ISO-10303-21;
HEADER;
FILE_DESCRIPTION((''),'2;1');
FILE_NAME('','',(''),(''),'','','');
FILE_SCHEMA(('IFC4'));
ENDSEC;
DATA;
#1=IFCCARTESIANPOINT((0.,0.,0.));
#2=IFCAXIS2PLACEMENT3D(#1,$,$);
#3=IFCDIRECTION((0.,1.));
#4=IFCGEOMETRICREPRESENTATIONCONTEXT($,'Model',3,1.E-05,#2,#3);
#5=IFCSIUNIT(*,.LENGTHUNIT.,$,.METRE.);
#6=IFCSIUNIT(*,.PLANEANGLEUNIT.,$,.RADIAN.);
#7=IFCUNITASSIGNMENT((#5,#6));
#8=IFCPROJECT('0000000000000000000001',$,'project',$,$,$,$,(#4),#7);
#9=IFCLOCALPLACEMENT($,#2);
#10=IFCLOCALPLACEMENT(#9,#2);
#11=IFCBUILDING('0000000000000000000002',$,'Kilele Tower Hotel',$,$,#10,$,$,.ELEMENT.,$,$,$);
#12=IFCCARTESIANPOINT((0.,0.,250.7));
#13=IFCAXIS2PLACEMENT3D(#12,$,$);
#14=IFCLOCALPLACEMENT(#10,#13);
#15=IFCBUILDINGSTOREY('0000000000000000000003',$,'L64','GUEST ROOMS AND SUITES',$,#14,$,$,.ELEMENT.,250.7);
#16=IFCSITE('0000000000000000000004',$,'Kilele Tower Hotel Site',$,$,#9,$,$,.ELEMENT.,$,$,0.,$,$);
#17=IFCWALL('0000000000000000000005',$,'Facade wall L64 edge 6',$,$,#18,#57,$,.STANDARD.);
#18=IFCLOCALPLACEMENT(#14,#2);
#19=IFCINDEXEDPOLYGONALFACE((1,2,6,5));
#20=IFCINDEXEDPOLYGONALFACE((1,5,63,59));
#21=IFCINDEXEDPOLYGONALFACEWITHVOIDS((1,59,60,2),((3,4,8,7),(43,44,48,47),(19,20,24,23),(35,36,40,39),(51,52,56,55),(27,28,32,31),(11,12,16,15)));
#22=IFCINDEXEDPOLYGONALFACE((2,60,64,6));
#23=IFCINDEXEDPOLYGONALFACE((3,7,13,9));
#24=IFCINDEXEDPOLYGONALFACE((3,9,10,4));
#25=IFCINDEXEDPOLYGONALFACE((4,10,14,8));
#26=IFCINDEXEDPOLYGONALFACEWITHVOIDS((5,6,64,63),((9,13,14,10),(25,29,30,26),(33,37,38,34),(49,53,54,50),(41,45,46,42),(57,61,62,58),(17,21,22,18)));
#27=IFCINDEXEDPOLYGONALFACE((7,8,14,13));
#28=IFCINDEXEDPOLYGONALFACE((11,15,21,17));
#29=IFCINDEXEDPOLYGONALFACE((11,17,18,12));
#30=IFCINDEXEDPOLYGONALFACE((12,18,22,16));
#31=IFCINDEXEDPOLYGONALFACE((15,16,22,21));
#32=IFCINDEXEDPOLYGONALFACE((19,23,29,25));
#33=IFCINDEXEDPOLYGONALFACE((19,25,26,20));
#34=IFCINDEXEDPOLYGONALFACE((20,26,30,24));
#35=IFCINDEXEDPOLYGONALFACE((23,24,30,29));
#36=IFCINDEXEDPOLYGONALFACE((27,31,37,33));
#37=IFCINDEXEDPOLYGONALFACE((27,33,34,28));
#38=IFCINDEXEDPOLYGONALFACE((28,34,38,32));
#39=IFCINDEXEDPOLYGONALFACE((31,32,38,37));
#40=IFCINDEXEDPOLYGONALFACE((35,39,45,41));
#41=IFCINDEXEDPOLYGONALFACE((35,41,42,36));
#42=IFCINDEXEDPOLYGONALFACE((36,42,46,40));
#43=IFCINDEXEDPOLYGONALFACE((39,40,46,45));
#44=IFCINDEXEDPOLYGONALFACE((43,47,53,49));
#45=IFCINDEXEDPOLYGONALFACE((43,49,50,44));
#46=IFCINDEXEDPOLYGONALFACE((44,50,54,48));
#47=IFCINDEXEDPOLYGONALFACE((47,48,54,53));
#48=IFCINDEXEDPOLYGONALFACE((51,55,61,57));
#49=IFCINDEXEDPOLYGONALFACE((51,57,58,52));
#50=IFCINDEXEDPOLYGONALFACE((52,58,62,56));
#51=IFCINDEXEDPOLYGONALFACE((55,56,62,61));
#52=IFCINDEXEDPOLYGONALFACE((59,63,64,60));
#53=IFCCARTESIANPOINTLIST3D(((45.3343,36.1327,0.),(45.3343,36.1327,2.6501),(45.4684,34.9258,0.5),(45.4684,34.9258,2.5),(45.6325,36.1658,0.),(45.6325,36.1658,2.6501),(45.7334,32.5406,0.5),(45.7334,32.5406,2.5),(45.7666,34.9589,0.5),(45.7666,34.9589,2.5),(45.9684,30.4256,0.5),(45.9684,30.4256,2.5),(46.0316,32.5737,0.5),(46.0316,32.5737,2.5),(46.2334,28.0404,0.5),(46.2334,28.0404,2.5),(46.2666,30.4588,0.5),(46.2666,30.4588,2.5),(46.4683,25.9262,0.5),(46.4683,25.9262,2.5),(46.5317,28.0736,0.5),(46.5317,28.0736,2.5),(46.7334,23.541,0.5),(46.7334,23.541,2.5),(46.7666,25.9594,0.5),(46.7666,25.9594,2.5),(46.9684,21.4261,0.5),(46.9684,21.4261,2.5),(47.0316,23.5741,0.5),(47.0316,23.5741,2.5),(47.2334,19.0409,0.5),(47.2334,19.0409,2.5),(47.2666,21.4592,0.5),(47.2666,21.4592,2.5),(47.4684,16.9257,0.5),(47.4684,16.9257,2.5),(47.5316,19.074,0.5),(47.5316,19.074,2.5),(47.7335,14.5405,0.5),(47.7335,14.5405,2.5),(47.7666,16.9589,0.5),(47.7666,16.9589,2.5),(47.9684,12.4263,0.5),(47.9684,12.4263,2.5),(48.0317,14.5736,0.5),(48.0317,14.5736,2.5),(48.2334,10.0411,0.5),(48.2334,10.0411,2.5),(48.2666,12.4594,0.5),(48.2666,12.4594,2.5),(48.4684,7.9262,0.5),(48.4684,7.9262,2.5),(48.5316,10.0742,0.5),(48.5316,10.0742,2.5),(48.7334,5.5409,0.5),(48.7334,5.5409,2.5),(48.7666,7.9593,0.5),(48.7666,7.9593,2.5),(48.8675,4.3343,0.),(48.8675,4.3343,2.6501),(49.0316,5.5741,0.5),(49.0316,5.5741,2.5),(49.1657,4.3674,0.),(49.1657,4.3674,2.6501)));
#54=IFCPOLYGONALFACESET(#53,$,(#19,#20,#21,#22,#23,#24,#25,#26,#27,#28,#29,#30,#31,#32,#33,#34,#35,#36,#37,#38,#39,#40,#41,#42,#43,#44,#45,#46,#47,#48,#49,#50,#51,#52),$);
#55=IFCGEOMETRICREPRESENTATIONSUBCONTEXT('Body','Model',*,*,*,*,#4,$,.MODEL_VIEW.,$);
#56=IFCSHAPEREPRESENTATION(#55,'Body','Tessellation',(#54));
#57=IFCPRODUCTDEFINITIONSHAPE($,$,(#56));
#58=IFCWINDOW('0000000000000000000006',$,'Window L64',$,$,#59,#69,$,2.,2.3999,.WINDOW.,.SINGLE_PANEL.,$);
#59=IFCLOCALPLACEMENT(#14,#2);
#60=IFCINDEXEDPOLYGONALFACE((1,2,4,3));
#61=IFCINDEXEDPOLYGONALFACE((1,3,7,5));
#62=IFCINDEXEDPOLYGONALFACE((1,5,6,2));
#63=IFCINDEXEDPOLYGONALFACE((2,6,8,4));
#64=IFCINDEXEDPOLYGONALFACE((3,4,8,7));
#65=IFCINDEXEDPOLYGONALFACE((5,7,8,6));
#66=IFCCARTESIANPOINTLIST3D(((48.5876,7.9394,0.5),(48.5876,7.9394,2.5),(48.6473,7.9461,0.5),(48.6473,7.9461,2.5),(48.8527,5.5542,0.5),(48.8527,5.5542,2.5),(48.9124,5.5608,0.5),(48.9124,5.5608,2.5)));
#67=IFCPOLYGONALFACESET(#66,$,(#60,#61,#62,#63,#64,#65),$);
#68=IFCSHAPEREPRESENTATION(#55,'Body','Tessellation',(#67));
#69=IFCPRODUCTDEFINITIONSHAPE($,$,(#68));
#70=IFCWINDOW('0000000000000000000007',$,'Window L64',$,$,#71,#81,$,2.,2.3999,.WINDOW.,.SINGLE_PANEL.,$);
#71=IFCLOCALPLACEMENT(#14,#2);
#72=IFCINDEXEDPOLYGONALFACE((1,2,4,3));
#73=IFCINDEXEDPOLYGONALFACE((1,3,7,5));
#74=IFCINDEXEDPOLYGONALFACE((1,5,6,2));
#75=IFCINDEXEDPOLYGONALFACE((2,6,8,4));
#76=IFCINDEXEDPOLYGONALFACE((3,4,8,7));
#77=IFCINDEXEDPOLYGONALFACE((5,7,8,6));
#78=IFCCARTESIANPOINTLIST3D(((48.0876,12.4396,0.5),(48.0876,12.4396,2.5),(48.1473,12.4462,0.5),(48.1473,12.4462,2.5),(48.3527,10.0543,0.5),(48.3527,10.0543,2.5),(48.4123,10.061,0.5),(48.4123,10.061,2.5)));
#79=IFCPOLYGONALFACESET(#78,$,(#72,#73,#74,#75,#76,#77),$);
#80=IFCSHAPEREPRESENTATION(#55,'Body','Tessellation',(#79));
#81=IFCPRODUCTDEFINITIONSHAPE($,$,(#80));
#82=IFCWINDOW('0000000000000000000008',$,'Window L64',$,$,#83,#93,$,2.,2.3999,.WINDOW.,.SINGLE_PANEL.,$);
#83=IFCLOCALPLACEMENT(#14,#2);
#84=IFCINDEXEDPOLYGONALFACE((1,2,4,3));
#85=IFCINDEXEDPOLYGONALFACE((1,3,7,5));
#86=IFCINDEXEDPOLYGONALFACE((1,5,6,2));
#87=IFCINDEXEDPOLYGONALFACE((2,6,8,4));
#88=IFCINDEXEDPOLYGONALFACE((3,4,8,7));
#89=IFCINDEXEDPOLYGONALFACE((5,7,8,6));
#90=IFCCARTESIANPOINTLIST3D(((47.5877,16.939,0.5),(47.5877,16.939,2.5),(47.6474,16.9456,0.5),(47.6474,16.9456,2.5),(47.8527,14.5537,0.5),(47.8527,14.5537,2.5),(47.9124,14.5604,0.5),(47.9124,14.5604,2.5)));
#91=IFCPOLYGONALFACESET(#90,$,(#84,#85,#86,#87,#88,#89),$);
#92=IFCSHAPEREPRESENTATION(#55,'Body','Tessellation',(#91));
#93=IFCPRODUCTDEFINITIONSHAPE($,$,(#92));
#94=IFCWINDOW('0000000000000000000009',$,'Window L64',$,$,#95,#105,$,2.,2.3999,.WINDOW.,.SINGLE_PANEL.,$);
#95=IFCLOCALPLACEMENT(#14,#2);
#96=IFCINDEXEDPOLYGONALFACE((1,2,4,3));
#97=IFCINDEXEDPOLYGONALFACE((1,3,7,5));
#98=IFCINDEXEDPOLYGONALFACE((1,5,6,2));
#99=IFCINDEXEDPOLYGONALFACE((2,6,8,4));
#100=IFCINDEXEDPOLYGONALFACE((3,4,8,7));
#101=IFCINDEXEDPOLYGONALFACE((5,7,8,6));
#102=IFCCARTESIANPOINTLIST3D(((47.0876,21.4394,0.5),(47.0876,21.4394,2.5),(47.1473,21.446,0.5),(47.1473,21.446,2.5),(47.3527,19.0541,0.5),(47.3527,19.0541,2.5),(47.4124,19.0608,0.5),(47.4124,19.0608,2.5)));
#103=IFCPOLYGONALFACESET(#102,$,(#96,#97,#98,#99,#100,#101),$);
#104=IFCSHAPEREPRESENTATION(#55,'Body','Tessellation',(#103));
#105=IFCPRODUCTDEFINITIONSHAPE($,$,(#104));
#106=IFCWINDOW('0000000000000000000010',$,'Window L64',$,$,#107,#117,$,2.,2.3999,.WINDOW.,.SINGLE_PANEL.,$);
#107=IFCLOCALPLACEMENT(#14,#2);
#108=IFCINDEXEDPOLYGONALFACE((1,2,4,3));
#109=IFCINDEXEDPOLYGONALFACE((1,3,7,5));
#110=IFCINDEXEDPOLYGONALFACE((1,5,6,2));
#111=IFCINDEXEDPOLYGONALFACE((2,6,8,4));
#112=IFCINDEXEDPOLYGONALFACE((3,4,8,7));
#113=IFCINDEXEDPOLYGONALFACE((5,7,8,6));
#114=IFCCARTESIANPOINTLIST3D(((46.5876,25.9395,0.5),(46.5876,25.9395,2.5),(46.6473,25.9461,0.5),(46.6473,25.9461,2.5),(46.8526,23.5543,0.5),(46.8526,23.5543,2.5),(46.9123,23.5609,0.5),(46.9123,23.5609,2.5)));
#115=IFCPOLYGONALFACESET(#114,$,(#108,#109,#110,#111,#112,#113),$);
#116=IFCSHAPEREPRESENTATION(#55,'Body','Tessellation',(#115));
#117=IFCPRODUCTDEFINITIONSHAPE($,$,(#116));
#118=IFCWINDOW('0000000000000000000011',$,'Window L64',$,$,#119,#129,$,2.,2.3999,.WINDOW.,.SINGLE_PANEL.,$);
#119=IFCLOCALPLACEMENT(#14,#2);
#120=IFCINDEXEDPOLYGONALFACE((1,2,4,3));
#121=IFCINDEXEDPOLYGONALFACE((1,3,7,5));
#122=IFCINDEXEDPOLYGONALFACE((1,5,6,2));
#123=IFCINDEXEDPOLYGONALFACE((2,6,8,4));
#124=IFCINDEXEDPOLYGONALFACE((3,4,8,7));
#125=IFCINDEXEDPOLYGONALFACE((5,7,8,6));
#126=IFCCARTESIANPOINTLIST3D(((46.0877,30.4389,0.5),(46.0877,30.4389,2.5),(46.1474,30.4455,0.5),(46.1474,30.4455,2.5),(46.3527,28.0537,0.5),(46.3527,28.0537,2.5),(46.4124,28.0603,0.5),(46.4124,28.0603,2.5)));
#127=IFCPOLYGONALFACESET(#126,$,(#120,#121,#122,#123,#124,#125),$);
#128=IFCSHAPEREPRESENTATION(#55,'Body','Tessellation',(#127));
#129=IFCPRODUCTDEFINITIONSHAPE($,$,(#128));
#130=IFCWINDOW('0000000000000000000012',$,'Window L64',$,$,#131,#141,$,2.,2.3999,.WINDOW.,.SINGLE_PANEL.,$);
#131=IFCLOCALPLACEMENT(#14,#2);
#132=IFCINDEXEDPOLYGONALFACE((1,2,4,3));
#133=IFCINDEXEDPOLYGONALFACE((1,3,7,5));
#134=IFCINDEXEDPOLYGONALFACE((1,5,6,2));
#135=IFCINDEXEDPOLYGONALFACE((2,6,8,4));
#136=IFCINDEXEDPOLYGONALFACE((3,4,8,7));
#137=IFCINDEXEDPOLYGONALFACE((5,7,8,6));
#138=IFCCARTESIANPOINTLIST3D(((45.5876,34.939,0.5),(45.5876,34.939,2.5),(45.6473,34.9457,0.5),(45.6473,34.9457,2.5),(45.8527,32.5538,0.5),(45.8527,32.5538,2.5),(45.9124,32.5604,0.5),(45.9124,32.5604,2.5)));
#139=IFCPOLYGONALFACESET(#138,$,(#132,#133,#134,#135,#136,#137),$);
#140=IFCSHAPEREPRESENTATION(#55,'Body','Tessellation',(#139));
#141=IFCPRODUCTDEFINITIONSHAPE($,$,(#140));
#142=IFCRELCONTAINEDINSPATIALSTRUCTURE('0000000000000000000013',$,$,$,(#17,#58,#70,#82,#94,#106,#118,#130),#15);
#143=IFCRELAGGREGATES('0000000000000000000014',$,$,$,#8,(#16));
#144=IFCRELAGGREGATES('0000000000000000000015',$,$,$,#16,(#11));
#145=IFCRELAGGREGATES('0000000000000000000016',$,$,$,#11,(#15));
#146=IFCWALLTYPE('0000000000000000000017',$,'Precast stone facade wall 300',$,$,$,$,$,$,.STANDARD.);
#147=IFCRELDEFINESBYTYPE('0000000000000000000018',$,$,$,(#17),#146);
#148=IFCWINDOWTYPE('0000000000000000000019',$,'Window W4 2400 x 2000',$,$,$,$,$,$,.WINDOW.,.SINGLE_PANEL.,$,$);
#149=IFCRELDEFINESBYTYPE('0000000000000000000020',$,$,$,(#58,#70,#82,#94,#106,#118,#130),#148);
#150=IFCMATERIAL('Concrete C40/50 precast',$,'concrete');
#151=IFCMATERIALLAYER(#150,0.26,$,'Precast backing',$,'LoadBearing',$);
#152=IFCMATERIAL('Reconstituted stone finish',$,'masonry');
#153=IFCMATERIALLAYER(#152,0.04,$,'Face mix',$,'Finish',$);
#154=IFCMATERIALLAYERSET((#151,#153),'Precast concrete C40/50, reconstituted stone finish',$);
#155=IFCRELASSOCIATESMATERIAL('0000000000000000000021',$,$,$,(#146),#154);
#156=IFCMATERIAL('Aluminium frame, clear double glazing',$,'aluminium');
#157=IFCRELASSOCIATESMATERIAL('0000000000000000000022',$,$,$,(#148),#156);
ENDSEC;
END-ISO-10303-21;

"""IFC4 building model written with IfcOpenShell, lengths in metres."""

from ifc_helpers import new_model, si_unit, direction, frame, frame_2d, origin, place, context, subcontext, project, spatial, rectangle, extrude, material, layer, layer_set, type_object, element, fill, save


model = new_model("IFC4")

# Units and contexts
model_context = context("Model", 3, precision=1e-05, world=origin(), true_north=direction((0.0, 1.0)))
body_context = subcontext(model_context, "Body", "Model", "MODEL_VIEW")
ifc_project = project(units=[si_unit("LENGTHUNIT", "METRE"), si_unit("PLANEANGLEUNIT", "RADIAN")], contexts=[model_context])

# Site, building, storey
site_placement = place(None, origin())
site = spatial("IfcSite", under=ifc_project, at=site_placement, Name="Kilele Tower Hotel Site", CompositionType="ELEMENT", RefElevation=0.0)
building_placement = place(site_placement, origin())
building = spatial("IfcBuilding", under=site, at=building_placement, Name="Kilele Tower Hotel", CompositionType="ELEMENT")
storey_placement = place(building_placement, frame((0.0, 0.0, 250.7)))
storey = spatial("IfcBuildingStorey", under=building, at=storey_placement, Name="L64", Description="GUEST ROOMS AND SUITES", CompositionType="ELEMENT", Elevation=250.7)

# Shared definitions
ifc_material_1 = material(Name="Concrete C40/50 precast", Category="concrete")
ifc_layer_1 = layer(ifc_material_1, 0.26, Name="Precast backing", Category="LoadBearing")
ifc_material_2 = material(Name="Reconstituted stone finish", Category="masonry")
ifc_layer_2 = layer(ifc_material_2, 0.04, Name="Face mix", Category="Finish")
ifc_layer_set = layer_set([ifc_layer_1, ifc_layer_2], Name="Precast concrete C40/50, reconstituted stone finish")
wall_type = type_object("IfcWallType", Name="Precast stone facade wall 300", PredefinedType="STANDARD", material=ifc_layer_set)
ifc_material_3 = material(Name="Aluminium frame, clear double glazing", Category="aluminium")
window_type_1 = type_object("IfcWindowType", Name="Window W4 2400 x 2000", PartitioningType="SINGLE_PANEL", PredefinedType="WINDOW", material=ifc_material_3)

# Wall, openings, windows
wall_1_placement = place(storey_placement, frame((49.0166, 4.3508, 0.0), z_axis=(0.0, 0.0, 1.0), x_axis=(-0.110433, 0.993884, 0.0)))
wall_1 = element("IfcWall", 1, at=wall_1_placement, inside=storey, type_object=wall_type, Name="Facade wall L64 edge 6", PredefinedType="STANDARD", context=body_context, shape_type="SweptSolid", body=[
    extrude(rectangle(XDim=31.9941, YDim=0.3, at=frame_2d((15.9971, 0.0))), origin(), (0.0, 0.0, 1.0), 2.6501),
])
opening_1_placement = place(wall_1_placement, frame((1.2141, 0.0, 0.5)))
opening_1 = element("IfcOpeningElement", 2, at=opening_1_placement, cuts=wall_1, PredefinedType="OPENING", context=body_context, shape_type="SweptSolid", body=[
    extrude(rectangle(XDim=2.3999, YDim=2.0, at=frame_2d((1.2, 1.0))), frame((0.0, 0.1599, 0.0), z_axis=(0.0, -1.0, 0.0), x_axis=(1.0, 0.0, 0.0)), (0.0, 0.0, 1.0), 0.3201),
])
opening_2_placement = place(wall_1_placement, frame((5.7419, 0.0, 0.5)))
opening_2 = element("IfcOpeningElement", 3, at=opening_2_placement, cuts=wall_1, PredefinedType="OPENING", context=body_context, shape_type="SweptSolid", body=[
    extrude(rectangle(XDim=2.3999, YDim=2.0, at=frame_2d((1.2, 1.0))), frame((0.0, 0.1599, 0.0), z_axis=(0.0, -1.0, 0.0), x_axis=(1.0, 0.0, 0.0)), (0.0, 0.0, 1.0), 0.3201),
])
opening_3_placement = place(wall_1_placement, frame((10.269, 0.0, 0.5)))
opening_3 = element("IfcOpeningElement", 4, at=opening_3_placement, cuts=wall_1, PredefinedType="OPENING", context=body_context, shape_type="SweptSolid", body=[
    extrude(rectangle(XDim=2.3999, YDim=2.0, at=frame_2d((1.2, 1.0))), frame((0.0, 0.1599, 0.0), z_axis=(0.0, -1.0, 0.0), x_axis=(1.0, 0.0, 0.0)), (0.0, 0.0, 1.0), 0.3201),
])
opening_4_placement = place(wall_1_placement, frame((14.7971, 0.0, 0.5)))
opening_4 = element("IfcOpeningElement", 5, at=opening_4_placement, cuts=wall_1, PredefinedType="OPENING", context=body_context, shape_type="SweptSolid", body=[
    extrude(rectangle(XDim=2.3999, YDim=2.0, at=frame_2d((1.2, 1.0))), frame((0.0, 0.1599, 0.0), z_axis=(0.0, -1.0, 0.0), x_axis=(1.0, 0.0, 0.0)), (0.0, 0.0, 1.0), 0.3201),
])
opening_5_placement = place(wall_1_placement, frame((19.325, 0.0, 0.5)))
opening_5 = element("IfcOpeningElement", 6, at=opening_5_placement, cuts=wall_1, PredefinedType="OPENING", context=body_context, shape_type="SweptSolid", body=[
    extrude(rectangle(XDim=2.3999, YDim=2.0, at=frame_2d((1.2, 1.0))), frame((0.0, 0.1599, 0.0), z_axis=(0.0, -1.0, 0.0), x_axis=(1.0, 0.0, 0.0)), (0.0, 0.0, 1.0), 0.3201),
])
opening_6_placement = place(wall_1_placement, frame((23.8521, 0.0, 0.5)))
opening_6 = element("IfcOpeningElement", 7, at=opening_6_placement, cuts=wall_1, PredefinedType="OPENING", context=body_context, shape_type="SweptSolid", body=[
    extrude(rectangle(XDim=2.3999, YDim=2.0, at=frame_2d((1.2, 1.0))), frame((0.0, 0.1599, 0.0), z_axis=(0.0, -1.0, 0.0), x_axis=(1.0, 0.0, 0.0)), (0.0, 0.0, 1.0), 0.3201),
])
opening_7_placement = place(wall_1_placement, frame((28.3799, 0.0, 0.5)))
opening_7 = element("IfcOpeningElement", 8, at=opening_7_placement, cuts=wall_1, PredefinedType="OPENING", context=body_context, shape_type="SweptSolid", body=[
    extrude(rectangle(XDim=2.3999, YDim=2.0, at=frame_2d((1.2, 1.0))), frame((0.0, 0.1599, 0.0), z_axis=(0.0, -1.0, 0.0), x_axis=(1.0, 0.0, 0.0)), (0.0, 0.0, 1.0), 0.3201),
])
window_1_placement = place(opening_1_placement, origin())
window_1 = element("IfcWindow", 9, at=window_1_placement, inside=storey, type_object=window_type_1, Name="Window L64", OverallHeight=2.0, OverallWidth=2.3999, PartitioningType="SINGLE_PANEL", PredefinedType="WINDOW", context=body_context, shape_type="SweptSolid", body=[
    extrude(rectangle(XDim=2.3999, YDim=2.0, at=frame_2d((1.2, 1.0))), frame((0.0, 0.03, 0.0), z_axis=(0.0, -1.0, 0.0), x_axis=(1.0, 0.0, 0.0)), (0.0, 0.0, 1.0), 0.0601),
])
fill(opening_1, window_1)
window_2_placement = place(opening_2_placement, origin())
window_2 = element("IfcWindow", 10, at=window_2_placement, inside=storey, type_object=window_type_1, Name="Window L64", OverallHeight=2.0, OverallWidth=2.3999, PartitioningType="SINGLE_PANEL", PredefinedType="WINDOW", context=body_context, shape_type="SweptSolid", body=[
    extrude(rectangle(XDim=2.3999, YDim=2.0, at=frame_2d((1.2, 1.0))), frame((0.0, 0.03, 0.0), z_axis=(0.0, -1.0, 0.0), x_axis=(1.0, 0.0, 0.0)), (0.0, 0.0, 1.0), 0.0601),
])
fill(opening_2, window_2)
window_3_placement = place(opening_3_placement, origin())
window_3 = element("IfcWindow", 11, at=window_3_placement, inside=storey, type_object=window_type_1, Name="Window L64", OverallHeight=2.0, OverallWidth=2.3999, PartitioningType="SINGLE_PANEL", PredefinedType="WINDOW", context=body_context, shape_type="SweptSolid", body=[
    extrude(rectangle(XDim=2.3999, YDim=2.0, at=frame_2d((1.2, 1.0))), frame((0.0, 0.03, 0.0), z_axis=(0.0, -1.0, 0.0), x_axis=(1.0, 0.0, 0.0)), (0.0, 0.0, 1.0), 0.0601),
])
fill(opening_3, window_3)
window_4_placement = place(opening_4_placement, origin())
window_4 = element("IfcWindow", 12, at=window_4_placement, inside=storey, type_object=window_type_1, Name="Window L64", OverallHeight=2.0, OverallWidth=2.3999, PartitioningType="SINGLE_PANEL", PredefinedType="WINDOW", context=body_context, shape_type="SweptSolid", body=[
    extrude(rectangle(XDim=2.3999, YDim=2.0, at=frame_2d((1.2, 1.0))), frame((0.0, 0.03, 0.0), z_axis=(0.0, -1.0, 0.0), x_axis=(1.0, 0.0, 0.0)), (0.0, 0.0, 1.0), 0.0601),
])
fill(opening_4, window_4)
window_5_placement = place(opening_5_placement, origin())
window_5 = element("IfcWindow", 13, at=window_5_placement, inside=storey, type_object=window_type_1, Name="Window L64", OverallHeight=2.0, OverallWidth=2.3999, PartitioningType="SINGLE_PANEL", PredefinedType="WINDOW", context=body_context, shape_type="SweptSolid", body=[
    extrude(rectangle(XDim=2.3999, YDim=2.0, at=frame_2d((1.2, 1.0))), frame((0.0, 0.03, 0.0), z_axis=(0.0, -1.0, 0.0), x_axis=(1.0, 0.0, 0.0)), (0.0, 0.0, 1.0), 0.0601),
])
fill(opening_5, window_5)
window_6_placement = place(opening_6_placement, origin())
window_6 = element("IfcWindow", 14, at=window_6_placement, inside=storey, type_object=window_type_1, Name="Window L64", OverallHeight=2.0, OverallWidth=2.3999, PartitioningType="SINGLE_PANEL", PredefinedType="WINDOW", context=body_context, shape_type="SweptSolid", body=[
    extrude(rectangle(XDim=2.3999, YDim=2.0, at=frame_2d((1.2, 1.0))), frame((0.0, 0.03, 0.0), z_axis=(0.0, -1.0, 0.0), x_axis=(1.0, 0.0, 0.0)), (0.0, 0.0, 1.0), 0.0601),
])
fill(opening_6, window_6)
window_7_placement = place(opening_7_placement, origin())
window_7 = element("IfcWindow", 15, at=window_7_placement, inside=storey, type_object=window_type_1, Name="Window L64", OverallHeight=2.0, OverallWidth=2.3999, PartitioningType="SINGLE_PANEL", PredefinedType="WINDOW", context=body_context, shape_type="SweptSolid", body=[
    extrude(rectangle(XDim=2.3999, YDim=2.0, at=frame_2d((1.2, 1.0))), frame((0.0, 0.03, 0.0), z_axis=(0.0, -1.0, 0.0), x_axis=(1.0, 0.0, 0.0)), (0.0, 0.0, 1.0), 0.0601),
])
fill(opening_7, window_7)

save(model, "model.ifc")
